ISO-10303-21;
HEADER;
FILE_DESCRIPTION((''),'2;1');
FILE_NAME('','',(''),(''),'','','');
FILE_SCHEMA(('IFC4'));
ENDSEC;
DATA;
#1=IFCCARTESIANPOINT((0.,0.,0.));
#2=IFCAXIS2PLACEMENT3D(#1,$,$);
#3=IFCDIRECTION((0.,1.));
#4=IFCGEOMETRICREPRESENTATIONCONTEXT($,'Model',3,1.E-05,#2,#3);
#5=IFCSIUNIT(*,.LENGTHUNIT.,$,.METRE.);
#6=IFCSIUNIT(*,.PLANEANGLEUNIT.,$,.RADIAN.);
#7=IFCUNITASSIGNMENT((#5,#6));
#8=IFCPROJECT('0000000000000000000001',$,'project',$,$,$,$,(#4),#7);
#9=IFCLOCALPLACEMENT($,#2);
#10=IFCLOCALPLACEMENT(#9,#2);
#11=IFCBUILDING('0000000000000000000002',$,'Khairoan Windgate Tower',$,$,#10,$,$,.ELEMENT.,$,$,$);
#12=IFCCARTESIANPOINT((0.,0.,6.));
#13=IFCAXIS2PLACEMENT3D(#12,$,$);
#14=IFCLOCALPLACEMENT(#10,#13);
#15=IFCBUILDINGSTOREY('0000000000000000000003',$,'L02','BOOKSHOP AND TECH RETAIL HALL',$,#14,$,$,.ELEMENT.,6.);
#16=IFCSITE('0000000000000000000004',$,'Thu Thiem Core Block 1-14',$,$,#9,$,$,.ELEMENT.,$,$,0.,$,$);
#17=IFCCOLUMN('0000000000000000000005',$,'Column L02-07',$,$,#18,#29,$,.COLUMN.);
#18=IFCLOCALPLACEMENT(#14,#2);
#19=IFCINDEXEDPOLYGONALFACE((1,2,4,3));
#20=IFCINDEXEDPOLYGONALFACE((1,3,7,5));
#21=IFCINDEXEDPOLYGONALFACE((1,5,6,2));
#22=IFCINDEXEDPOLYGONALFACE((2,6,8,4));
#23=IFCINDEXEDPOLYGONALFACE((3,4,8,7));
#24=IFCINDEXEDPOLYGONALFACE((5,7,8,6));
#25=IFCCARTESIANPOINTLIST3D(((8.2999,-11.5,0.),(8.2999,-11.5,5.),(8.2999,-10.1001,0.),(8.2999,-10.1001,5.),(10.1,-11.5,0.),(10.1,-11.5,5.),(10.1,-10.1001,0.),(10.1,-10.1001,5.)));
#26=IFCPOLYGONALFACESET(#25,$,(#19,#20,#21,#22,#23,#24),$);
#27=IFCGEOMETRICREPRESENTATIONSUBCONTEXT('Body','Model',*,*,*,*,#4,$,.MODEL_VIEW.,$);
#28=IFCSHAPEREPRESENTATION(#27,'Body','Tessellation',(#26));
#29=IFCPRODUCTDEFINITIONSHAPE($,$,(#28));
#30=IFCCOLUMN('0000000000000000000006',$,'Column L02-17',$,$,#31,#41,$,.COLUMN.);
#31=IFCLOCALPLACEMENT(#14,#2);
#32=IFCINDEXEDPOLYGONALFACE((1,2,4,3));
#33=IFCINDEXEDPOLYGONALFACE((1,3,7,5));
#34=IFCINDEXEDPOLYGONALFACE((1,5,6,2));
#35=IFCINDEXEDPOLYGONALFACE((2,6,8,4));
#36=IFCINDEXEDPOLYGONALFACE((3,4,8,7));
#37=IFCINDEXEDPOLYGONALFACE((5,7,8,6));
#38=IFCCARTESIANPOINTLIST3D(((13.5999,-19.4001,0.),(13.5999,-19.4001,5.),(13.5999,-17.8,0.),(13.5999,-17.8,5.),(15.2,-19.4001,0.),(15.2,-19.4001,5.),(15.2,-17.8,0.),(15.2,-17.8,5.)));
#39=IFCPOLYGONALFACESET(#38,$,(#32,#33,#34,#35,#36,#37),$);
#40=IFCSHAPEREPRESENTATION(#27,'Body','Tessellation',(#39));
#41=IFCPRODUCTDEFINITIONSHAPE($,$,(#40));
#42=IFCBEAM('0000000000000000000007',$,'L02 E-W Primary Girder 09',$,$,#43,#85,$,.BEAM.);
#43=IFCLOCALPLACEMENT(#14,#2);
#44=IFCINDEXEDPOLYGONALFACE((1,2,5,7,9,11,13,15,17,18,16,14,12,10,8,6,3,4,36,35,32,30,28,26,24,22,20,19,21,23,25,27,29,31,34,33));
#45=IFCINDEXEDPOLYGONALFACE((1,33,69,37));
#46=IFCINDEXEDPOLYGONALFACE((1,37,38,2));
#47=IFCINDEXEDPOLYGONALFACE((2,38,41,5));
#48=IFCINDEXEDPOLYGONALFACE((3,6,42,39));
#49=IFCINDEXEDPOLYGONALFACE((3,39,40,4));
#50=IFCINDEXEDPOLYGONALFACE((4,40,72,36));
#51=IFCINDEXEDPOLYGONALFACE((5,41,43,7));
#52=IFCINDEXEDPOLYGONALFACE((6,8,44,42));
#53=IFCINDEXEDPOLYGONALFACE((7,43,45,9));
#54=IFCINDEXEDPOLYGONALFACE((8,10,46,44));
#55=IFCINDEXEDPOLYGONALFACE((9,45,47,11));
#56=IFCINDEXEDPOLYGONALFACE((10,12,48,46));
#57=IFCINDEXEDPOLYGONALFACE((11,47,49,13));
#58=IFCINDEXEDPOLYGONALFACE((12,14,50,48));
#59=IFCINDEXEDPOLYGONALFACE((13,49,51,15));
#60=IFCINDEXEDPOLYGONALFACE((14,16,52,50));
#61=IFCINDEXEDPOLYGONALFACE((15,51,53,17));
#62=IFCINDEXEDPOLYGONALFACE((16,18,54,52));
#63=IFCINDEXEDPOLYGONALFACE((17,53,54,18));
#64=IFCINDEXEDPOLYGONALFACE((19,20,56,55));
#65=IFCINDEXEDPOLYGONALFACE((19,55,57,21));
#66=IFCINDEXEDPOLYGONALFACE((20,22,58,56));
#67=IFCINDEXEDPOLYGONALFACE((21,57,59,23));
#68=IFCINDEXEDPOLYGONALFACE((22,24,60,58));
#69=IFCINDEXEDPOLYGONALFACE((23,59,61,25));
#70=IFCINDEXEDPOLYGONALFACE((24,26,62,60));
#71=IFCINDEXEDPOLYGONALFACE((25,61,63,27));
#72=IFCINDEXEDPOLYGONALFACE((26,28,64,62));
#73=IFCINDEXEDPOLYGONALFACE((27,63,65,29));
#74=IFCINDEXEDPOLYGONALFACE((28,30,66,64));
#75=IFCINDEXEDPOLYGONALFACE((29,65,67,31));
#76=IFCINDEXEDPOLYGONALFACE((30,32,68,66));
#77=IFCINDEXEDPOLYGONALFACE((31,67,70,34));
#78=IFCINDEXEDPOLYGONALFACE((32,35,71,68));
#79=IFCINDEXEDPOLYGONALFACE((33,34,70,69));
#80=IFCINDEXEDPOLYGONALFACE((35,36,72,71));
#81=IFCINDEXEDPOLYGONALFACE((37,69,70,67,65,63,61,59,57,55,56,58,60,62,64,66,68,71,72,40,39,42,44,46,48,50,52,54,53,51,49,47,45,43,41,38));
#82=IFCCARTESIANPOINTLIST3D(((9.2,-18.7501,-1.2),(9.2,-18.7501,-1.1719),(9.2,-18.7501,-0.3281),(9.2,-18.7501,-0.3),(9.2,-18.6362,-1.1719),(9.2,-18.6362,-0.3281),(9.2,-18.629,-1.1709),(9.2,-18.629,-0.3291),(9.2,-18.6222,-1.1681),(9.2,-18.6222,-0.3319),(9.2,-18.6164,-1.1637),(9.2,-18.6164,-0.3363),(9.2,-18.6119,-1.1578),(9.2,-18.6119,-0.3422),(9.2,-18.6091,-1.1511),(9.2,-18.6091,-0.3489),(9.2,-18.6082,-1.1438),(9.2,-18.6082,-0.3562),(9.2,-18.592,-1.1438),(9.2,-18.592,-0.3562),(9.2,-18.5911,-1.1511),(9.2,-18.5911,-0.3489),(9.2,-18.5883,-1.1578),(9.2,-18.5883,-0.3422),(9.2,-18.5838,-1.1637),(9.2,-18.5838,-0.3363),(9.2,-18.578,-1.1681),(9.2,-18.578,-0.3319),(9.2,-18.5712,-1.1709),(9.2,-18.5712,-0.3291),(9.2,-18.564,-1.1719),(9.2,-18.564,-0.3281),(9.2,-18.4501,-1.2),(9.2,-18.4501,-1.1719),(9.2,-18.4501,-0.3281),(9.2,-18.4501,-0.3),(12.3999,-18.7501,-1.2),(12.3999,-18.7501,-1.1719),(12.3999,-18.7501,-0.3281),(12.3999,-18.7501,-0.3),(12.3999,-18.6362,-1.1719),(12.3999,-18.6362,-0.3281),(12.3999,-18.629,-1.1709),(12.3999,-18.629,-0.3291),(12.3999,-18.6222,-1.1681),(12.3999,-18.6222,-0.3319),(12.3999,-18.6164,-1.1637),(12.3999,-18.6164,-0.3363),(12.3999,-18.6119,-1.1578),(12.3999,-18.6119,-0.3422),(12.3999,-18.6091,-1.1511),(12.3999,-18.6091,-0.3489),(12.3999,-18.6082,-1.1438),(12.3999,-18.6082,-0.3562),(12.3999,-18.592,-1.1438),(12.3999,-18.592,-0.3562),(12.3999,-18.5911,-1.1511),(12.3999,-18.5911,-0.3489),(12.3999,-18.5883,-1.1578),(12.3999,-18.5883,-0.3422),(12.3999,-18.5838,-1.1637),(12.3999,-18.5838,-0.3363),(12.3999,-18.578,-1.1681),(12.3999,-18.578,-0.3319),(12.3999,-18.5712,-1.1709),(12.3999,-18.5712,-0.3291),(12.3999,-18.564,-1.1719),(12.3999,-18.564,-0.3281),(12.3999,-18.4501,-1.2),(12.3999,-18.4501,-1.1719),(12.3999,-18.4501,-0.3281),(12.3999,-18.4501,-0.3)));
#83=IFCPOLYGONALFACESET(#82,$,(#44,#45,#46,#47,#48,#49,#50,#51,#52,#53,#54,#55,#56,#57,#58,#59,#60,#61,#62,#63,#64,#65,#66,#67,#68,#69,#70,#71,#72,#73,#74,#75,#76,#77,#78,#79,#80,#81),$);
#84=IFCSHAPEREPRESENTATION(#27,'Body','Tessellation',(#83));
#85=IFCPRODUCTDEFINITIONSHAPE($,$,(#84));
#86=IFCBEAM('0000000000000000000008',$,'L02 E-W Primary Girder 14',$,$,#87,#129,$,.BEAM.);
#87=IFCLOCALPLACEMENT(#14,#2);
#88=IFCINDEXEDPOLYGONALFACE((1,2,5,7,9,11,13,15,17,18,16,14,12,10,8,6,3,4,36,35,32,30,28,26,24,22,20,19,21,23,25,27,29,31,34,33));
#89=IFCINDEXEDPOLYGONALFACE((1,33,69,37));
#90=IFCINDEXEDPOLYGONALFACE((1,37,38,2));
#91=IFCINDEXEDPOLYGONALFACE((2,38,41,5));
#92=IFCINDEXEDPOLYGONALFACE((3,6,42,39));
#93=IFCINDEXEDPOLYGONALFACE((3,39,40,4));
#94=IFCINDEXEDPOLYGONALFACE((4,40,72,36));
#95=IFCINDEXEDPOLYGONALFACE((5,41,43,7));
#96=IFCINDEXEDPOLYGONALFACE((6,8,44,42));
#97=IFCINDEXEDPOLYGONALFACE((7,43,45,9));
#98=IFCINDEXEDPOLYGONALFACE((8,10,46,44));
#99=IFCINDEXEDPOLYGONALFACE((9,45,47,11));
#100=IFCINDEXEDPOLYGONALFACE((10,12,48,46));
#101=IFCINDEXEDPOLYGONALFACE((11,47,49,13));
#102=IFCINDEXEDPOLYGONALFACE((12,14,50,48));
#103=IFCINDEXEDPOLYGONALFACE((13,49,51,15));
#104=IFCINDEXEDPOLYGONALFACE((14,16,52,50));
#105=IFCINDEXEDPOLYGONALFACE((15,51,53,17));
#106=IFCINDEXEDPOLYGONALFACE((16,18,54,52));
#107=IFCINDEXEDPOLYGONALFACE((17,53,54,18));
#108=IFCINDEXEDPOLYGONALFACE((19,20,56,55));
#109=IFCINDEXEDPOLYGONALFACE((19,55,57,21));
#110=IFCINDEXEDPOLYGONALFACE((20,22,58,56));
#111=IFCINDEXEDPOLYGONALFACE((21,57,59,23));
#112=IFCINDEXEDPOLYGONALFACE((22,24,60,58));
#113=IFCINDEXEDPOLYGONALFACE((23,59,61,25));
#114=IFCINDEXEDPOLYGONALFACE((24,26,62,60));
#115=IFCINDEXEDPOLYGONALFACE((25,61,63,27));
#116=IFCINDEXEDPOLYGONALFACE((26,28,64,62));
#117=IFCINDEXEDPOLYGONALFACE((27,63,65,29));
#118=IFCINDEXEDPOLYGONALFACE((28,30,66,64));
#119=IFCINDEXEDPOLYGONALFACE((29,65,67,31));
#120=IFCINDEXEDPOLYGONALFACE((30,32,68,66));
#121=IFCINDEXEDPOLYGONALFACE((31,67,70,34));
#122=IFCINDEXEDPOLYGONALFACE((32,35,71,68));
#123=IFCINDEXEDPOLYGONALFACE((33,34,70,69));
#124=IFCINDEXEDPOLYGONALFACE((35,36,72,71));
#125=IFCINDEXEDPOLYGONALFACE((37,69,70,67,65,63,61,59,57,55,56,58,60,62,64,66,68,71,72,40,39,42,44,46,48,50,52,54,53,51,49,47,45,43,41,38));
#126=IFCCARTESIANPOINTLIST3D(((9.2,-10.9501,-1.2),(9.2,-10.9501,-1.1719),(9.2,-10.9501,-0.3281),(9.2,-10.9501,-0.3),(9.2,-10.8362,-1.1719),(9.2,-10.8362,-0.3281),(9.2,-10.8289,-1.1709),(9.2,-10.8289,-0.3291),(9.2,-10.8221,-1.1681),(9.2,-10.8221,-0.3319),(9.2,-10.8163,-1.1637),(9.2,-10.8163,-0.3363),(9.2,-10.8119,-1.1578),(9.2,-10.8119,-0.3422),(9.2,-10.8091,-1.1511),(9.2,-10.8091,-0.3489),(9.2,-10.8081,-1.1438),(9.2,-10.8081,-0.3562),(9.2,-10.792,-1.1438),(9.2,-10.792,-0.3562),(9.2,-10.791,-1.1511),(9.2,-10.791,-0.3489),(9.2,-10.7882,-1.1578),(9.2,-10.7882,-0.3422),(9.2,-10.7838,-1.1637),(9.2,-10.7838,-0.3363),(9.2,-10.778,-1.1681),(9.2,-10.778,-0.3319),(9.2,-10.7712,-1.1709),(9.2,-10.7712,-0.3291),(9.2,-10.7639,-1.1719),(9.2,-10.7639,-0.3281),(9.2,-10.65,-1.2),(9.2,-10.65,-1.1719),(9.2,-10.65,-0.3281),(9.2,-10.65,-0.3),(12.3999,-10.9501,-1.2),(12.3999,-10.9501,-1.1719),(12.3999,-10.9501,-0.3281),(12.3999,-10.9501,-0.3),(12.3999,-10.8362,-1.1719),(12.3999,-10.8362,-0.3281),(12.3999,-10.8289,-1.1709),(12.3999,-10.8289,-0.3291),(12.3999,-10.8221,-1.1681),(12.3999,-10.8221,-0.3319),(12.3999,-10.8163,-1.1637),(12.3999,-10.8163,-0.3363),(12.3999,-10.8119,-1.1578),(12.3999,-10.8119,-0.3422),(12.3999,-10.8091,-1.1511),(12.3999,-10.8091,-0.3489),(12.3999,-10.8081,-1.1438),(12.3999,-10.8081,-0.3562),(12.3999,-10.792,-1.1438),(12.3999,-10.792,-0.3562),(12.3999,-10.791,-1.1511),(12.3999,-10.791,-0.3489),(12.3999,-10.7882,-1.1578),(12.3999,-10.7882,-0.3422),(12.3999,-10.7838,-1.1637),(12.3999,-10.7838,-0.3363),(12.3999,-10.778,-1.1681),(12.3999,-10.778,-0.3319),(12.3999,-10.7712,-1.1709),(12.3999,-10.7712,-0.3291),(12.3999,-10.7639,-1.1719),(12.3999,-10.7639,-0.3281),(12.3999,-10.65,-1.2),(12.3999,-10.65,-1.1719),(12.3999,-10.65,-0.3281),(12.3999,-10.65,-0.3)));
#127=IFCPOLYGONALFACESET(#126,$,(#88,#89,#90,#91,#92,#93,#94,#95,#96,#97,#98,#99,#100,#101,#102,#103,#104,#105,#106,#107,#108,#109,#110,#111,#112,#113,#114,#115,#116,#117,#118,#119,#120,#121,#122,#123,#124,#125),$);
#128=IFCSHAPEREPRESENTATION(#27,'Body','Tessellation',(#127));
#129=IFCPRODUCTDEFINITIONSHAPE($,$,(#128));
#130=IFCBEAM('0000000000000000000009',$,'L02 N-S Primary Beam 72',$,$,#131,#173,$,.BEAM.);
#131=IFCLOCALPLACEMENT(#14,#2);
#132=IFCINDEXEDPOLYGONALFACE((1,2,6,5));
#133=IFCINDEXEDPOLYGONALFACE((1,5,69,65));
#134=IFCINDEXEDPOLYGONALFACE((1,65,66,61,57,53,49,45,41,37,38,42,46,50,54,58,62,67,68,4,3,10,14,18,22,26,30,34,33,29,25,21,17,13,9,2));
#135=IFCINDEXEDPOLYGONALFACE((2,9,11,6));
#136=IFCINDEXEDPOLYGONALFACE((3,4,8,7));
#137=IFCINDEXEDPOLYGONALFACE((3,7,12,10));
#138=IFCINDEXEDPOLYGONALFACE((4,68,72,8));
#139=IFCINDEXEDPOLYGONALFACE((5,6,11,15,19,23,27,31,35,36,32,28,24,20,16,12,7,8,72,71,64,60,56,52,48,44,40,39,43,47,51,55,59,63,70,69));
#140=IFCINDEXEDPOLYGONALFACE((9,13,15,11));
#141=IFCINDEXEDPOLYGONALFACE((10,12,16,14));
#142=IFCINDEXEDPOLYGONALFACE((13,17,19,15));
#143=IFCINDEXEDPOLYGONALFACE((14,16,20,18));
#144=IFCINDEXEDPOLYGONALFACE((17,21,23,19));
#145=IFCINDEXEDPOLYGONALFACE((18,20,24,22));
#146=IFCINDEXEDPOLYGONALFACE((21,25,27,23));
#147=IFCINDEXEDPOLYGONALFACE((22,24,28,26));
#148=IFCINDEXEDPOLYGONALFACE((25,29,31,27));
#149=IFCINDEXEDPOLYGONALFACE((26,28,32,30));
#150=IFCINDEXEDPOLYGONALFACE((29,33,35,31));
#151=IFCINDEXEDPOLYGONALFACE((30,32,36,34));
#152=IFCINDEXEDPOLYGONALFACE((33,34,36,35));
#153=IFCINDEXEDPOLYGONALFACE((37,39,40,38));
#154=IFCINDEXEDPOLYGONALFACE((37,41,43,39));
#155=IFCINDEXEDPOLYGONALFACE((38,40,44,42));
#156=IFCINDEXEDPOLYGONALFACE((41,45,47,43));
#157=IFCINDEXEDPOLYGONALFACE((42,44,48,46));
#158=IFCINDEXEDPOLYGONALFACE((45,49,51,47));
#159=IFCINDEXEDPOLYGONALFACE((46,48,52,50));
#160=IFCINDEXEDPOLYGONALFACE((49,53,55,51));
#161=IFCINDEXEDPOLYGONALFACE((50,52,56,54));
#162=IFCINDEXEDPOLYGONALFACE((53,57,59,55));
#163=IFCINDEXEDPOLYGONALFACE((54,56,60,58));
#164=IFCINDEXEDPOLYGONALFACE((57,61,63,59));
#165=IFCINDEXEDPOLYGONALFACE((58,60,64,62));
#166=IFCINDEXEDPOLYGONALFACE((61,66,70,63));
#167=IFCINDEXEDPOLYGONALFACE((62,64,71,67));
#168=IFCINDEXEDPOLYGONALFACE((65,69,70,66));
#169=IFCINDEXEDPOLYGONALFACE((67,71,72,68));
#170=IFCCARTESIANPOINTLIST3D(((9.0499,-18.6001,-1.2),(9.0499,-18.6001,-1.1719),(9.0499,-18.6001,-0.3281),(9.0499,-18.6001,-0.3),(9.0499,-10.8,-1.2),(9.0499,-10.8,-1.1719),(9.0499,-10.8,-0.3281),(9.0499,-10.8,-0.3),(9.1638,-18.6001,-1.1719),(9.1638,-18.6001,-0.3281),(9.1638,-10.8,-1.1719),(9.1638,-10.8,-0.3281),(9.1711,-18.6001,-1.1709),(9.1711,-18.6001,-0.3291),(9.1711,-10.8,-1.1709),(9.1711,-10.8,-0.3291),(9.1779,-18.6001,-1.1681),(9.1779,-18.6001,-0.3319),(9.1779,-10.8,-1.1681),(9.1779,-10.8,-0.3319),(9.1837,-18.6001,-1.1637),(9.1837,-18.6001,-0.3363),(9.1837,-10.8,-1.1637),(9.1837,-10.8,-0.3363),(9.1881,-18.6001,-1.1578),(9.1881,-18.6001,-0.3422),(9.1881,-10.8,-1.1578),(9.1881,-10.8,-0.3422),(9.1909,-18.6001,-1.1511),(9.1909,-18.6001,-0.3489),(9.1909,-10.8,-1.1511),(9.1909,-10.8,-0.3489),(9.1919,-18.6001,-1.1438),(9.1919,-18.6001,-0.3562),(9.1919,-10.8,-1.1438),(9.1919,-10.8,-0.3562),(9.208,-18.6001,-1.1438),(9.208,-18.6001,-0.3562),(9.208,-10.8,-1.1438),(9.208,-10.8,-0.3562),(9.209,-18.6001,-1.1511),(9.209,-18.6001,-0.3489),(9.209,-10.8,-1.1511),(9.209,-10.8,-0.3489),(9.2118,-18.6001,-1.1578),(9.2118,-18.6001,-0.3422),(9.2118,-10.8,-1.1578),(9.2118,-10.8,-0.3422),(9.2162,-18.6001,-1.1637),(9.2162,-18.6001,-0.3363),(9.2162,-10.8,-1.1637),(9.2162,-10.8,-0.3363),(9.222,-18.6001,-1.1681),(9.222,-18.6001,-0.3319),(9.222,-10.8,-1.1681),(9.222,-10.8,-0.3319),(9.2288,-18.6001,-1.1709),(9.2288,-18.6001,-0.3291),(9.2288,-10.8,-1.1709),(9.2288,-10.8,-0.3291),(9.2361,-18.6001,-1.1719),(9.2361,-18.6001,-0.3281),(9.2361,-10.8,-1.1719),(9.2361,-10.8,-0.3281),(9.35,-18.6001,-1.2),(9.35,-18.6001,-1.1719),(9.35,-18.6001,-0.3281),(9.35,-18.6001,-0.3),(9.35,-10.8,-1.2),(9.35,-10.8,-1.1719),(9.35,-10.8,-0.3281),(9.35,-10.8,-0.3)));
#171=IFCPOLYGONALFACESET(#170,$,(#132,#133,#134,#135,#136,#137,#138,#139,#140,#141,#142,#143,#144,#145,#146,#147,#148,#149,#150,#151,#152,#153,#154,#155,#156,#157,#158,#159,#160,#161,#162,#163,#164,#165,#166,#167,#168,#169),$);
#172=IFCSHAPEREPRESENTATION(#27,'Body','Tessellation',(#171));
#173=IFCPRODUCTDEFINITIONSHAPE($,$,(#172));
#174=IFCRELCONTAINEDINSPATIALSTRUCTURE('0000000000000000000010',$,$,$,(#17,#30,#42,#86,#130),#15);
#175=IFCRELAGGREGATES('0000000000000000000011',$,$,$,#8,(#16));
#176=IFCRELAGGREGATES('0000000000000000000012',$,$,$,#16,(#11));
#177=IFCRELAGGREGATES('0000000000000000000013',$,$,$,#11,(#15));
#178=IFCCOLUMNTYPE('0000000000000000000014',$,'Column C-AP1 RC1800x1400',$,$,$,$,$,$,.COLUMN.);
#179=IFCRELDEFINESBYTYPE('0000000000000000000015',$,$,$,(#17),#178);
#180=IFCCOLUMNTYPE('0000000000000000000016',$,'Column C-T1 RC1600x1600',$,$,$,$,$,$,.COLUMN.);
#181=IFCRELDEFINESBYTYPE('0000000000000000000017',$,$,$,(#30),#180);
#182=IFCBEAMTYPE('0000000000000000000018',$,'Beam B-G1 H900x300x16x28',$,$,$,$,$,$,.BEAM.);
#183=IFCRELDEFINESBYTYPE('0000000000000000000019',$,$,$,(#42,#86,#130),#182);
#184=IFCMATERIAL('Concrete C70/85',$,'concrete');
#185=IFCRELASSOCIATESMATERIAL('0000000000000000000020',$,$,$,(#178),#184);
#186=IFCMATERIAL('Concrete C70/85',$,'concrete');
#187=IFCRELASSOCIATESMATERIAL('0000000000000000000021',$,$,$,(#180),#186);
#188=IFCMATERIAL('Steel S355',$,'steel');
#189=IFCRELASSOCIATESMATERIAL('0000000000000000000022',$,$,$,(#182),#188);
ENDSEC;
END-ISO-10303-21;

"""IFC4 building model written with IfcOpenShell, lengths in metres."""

from ifc_helpers import new_model, si_unit, direction, frame, origin, origin_2d, place, context, subcontext, project, spatial, rectangle, i_section, extrude, material, material_profile, profile_set, type_object, element, save


model = new_model("IFC4")

# Units and contexts
model_context = context("Model", 3, precision=1e-05, world=origin(), true_north=direction((0.0, 1.0)))
body_context = subcontext(model_context, "Body", "Model", "MODEL_VIEW")
ifc_project = project(units=[si_unit("LENGTHUNIT", "METRE"), si_unit("PLANEANGLEUNIT", "RADIAN")], contexts=[model_context])

# Site, building, storey
site_placement = place(None, origin())
site = spatial("IfcSite", under=ifc_project, at=site_placement, Name="Thu Thiem Core Block 1-14", CompositionType="ELEMENT", RefElevation=0.0)
building_placement = place(site_placement, origin())
building = spatial("IfcBuilding", under=site, at=building_placement, Name="Khairoan Windgate Tower", CompositionType="ELEMENT")
storey_placement = place(building_placement, frame((0.0, 0.0, 6.0)))
storey = spatial("IfcBuildingStorey", under=building, at=storey_placement, Name="L02", Description="BOOKSHOP AND TECH RETAIL HALL", CompositionType="ELEMENT", Elevation=6.0)

# Columns
ifc_material_1 = material(Name="Concrete C70/85", Category="concrete")
ifc_material_profile_1 = material_profile(ifc_material_1, rectangle(XDim=1.8, YDim=1.3999, at=origin_2d()))
ifc_profile_set_1 = profile_set([ifc_material_profile_1], Name="Concrete C70/85")
column_type_1 = type_object("IfcColumnType", Name="Column C-AP1 RC1800x1400", PredefinedType="COLUMN", material=ifc_profile_set_1)
column_1_placement = place(storey_placement, frame((9.2, -10.8, 0.0), z_axis=(0.0, 0.0, 1.0), x_axis=(1.0, 0.0, 0.0)))
element("IfcColumn", 1, at=column_1_placement, inside=storey, type_object=column_type_1, Name="Column L02-07", PredefinedType="COLUMN", context=body_context, shape_type="SweptSolid", body=[
    extrude(rectangle(XDim=1.8, YDim=1.3999, at=origin_2d()), origin(), (0.0, 0.0, 1.0), 5.0),
])
ifc_material_2 = material(Name="Concrete C70/85", Category="concrete")
ifc_material_profile_2 = material_profile(ifc_material_2, rectangle(XDim=1.6001, YDim=1.6001, at=origin_2d()))
ifc_profile_set_2 = profile_set([ifc_material_profile_2], Name="Concrete C70/85")
column_type_2 = type_object("IfcColumnType", Name="Column C-T1 RC1600x1600", PredefinedType="COLUMN", material=ifc_profile_set_2)
column_2_placement = place(storey_placement, frame((14.3999, -18.6001, 0.0), z_axis=(0.0, 0.0, 1.0), x_axis=(1.0, 0.0, 0.0)))
element("IfcColumn", 2, at=column_2_placement, inside=storey, type_object=column_type_2, Name="Column L02-17", PredefinedType="COLUMN", context=body_context, shape_type="SweptSolid", body=[
    extrude(rectangle(XDim=1.6001, YDim=1.6001, at=origin_2d()), origin(), (0.0, 0.0, 1.0), 5.0),
])

# Beams
ifc_material_3 = material(Name="Steel S355", Category="steel")
ifc_material_profile_3 = material_profile(ifc_material_3, i_section(OverallWidth=0.3, OverallDepth=0.8999, WebThickness=0.0161, FlangeThickness=0.0281, FilletRadius=0.0281, at=origin_2d()))
ifc_profile_set_3 = profile_set([ifc_material_profile_3], Name="Steel S355")
beam_type_1 = type_object("IfcBeamType", Name="Beam B-G1 H900x300x16x28", PredefinedType="BEAM", material=ifc_profile_set_3)
for number, where, z_axis, x_axis, name in (
    (3, (9.2, -18.6001, -0.75), (1.0, 0.0, 0.0), (0.0, 1.0, 0.0), "L02 E-W Primary Girder 09"),
    (4, (9.2, -10.8, -0.75), (1.0, 0.0, 0.0), (0.0, 1.0, 0.0), "L02 E-W Primary Girder 14"),
):
    element("IfcBeam", number, at=place(storey_placement, frame(where, z_axis=z_axis, x_axis=x_axis)), inside=storey, type_object=beam_type_1, Name=name, PredefinedType="BEAM", context=body_context, shape_type="SweptSolid", body=[
        extrude(i_section(OverallWidth=0.3, OverallDepth=0.8999, WebThickness=0.0161, FlangeThickness=0.0281, FilletRadius=0.0281, at=origin_2d()), origin(), (0.0, 0.0, 1.0), 3.2),
    ])
beam_1_placement = place(storey_placement, frame((9.2, -18.6001, -0.75), z_axis=(0.0, 1.0, 0.0), x_axis=(-1.0, 0.0, 0.0)))
element("IfcBeam", 5, at=beam_1_placement, inside=storey, type_object=beam_type_1, Name="L02 N-S Primary Beam 72", PredefinedType="BEAM", context=body_context, shape_type="SweptSolid", body=[
    extrude(i_section(OverallWidth=0.3, OverallDepth=0.8999, WebThickness=0.0161, FlangeThickness=0.0281, FilletRadius=0.0281, at=origin_2d()), origin(), (0.0, 0.0, 1.0), 7.8),
])

save(model, "model.ifc")
